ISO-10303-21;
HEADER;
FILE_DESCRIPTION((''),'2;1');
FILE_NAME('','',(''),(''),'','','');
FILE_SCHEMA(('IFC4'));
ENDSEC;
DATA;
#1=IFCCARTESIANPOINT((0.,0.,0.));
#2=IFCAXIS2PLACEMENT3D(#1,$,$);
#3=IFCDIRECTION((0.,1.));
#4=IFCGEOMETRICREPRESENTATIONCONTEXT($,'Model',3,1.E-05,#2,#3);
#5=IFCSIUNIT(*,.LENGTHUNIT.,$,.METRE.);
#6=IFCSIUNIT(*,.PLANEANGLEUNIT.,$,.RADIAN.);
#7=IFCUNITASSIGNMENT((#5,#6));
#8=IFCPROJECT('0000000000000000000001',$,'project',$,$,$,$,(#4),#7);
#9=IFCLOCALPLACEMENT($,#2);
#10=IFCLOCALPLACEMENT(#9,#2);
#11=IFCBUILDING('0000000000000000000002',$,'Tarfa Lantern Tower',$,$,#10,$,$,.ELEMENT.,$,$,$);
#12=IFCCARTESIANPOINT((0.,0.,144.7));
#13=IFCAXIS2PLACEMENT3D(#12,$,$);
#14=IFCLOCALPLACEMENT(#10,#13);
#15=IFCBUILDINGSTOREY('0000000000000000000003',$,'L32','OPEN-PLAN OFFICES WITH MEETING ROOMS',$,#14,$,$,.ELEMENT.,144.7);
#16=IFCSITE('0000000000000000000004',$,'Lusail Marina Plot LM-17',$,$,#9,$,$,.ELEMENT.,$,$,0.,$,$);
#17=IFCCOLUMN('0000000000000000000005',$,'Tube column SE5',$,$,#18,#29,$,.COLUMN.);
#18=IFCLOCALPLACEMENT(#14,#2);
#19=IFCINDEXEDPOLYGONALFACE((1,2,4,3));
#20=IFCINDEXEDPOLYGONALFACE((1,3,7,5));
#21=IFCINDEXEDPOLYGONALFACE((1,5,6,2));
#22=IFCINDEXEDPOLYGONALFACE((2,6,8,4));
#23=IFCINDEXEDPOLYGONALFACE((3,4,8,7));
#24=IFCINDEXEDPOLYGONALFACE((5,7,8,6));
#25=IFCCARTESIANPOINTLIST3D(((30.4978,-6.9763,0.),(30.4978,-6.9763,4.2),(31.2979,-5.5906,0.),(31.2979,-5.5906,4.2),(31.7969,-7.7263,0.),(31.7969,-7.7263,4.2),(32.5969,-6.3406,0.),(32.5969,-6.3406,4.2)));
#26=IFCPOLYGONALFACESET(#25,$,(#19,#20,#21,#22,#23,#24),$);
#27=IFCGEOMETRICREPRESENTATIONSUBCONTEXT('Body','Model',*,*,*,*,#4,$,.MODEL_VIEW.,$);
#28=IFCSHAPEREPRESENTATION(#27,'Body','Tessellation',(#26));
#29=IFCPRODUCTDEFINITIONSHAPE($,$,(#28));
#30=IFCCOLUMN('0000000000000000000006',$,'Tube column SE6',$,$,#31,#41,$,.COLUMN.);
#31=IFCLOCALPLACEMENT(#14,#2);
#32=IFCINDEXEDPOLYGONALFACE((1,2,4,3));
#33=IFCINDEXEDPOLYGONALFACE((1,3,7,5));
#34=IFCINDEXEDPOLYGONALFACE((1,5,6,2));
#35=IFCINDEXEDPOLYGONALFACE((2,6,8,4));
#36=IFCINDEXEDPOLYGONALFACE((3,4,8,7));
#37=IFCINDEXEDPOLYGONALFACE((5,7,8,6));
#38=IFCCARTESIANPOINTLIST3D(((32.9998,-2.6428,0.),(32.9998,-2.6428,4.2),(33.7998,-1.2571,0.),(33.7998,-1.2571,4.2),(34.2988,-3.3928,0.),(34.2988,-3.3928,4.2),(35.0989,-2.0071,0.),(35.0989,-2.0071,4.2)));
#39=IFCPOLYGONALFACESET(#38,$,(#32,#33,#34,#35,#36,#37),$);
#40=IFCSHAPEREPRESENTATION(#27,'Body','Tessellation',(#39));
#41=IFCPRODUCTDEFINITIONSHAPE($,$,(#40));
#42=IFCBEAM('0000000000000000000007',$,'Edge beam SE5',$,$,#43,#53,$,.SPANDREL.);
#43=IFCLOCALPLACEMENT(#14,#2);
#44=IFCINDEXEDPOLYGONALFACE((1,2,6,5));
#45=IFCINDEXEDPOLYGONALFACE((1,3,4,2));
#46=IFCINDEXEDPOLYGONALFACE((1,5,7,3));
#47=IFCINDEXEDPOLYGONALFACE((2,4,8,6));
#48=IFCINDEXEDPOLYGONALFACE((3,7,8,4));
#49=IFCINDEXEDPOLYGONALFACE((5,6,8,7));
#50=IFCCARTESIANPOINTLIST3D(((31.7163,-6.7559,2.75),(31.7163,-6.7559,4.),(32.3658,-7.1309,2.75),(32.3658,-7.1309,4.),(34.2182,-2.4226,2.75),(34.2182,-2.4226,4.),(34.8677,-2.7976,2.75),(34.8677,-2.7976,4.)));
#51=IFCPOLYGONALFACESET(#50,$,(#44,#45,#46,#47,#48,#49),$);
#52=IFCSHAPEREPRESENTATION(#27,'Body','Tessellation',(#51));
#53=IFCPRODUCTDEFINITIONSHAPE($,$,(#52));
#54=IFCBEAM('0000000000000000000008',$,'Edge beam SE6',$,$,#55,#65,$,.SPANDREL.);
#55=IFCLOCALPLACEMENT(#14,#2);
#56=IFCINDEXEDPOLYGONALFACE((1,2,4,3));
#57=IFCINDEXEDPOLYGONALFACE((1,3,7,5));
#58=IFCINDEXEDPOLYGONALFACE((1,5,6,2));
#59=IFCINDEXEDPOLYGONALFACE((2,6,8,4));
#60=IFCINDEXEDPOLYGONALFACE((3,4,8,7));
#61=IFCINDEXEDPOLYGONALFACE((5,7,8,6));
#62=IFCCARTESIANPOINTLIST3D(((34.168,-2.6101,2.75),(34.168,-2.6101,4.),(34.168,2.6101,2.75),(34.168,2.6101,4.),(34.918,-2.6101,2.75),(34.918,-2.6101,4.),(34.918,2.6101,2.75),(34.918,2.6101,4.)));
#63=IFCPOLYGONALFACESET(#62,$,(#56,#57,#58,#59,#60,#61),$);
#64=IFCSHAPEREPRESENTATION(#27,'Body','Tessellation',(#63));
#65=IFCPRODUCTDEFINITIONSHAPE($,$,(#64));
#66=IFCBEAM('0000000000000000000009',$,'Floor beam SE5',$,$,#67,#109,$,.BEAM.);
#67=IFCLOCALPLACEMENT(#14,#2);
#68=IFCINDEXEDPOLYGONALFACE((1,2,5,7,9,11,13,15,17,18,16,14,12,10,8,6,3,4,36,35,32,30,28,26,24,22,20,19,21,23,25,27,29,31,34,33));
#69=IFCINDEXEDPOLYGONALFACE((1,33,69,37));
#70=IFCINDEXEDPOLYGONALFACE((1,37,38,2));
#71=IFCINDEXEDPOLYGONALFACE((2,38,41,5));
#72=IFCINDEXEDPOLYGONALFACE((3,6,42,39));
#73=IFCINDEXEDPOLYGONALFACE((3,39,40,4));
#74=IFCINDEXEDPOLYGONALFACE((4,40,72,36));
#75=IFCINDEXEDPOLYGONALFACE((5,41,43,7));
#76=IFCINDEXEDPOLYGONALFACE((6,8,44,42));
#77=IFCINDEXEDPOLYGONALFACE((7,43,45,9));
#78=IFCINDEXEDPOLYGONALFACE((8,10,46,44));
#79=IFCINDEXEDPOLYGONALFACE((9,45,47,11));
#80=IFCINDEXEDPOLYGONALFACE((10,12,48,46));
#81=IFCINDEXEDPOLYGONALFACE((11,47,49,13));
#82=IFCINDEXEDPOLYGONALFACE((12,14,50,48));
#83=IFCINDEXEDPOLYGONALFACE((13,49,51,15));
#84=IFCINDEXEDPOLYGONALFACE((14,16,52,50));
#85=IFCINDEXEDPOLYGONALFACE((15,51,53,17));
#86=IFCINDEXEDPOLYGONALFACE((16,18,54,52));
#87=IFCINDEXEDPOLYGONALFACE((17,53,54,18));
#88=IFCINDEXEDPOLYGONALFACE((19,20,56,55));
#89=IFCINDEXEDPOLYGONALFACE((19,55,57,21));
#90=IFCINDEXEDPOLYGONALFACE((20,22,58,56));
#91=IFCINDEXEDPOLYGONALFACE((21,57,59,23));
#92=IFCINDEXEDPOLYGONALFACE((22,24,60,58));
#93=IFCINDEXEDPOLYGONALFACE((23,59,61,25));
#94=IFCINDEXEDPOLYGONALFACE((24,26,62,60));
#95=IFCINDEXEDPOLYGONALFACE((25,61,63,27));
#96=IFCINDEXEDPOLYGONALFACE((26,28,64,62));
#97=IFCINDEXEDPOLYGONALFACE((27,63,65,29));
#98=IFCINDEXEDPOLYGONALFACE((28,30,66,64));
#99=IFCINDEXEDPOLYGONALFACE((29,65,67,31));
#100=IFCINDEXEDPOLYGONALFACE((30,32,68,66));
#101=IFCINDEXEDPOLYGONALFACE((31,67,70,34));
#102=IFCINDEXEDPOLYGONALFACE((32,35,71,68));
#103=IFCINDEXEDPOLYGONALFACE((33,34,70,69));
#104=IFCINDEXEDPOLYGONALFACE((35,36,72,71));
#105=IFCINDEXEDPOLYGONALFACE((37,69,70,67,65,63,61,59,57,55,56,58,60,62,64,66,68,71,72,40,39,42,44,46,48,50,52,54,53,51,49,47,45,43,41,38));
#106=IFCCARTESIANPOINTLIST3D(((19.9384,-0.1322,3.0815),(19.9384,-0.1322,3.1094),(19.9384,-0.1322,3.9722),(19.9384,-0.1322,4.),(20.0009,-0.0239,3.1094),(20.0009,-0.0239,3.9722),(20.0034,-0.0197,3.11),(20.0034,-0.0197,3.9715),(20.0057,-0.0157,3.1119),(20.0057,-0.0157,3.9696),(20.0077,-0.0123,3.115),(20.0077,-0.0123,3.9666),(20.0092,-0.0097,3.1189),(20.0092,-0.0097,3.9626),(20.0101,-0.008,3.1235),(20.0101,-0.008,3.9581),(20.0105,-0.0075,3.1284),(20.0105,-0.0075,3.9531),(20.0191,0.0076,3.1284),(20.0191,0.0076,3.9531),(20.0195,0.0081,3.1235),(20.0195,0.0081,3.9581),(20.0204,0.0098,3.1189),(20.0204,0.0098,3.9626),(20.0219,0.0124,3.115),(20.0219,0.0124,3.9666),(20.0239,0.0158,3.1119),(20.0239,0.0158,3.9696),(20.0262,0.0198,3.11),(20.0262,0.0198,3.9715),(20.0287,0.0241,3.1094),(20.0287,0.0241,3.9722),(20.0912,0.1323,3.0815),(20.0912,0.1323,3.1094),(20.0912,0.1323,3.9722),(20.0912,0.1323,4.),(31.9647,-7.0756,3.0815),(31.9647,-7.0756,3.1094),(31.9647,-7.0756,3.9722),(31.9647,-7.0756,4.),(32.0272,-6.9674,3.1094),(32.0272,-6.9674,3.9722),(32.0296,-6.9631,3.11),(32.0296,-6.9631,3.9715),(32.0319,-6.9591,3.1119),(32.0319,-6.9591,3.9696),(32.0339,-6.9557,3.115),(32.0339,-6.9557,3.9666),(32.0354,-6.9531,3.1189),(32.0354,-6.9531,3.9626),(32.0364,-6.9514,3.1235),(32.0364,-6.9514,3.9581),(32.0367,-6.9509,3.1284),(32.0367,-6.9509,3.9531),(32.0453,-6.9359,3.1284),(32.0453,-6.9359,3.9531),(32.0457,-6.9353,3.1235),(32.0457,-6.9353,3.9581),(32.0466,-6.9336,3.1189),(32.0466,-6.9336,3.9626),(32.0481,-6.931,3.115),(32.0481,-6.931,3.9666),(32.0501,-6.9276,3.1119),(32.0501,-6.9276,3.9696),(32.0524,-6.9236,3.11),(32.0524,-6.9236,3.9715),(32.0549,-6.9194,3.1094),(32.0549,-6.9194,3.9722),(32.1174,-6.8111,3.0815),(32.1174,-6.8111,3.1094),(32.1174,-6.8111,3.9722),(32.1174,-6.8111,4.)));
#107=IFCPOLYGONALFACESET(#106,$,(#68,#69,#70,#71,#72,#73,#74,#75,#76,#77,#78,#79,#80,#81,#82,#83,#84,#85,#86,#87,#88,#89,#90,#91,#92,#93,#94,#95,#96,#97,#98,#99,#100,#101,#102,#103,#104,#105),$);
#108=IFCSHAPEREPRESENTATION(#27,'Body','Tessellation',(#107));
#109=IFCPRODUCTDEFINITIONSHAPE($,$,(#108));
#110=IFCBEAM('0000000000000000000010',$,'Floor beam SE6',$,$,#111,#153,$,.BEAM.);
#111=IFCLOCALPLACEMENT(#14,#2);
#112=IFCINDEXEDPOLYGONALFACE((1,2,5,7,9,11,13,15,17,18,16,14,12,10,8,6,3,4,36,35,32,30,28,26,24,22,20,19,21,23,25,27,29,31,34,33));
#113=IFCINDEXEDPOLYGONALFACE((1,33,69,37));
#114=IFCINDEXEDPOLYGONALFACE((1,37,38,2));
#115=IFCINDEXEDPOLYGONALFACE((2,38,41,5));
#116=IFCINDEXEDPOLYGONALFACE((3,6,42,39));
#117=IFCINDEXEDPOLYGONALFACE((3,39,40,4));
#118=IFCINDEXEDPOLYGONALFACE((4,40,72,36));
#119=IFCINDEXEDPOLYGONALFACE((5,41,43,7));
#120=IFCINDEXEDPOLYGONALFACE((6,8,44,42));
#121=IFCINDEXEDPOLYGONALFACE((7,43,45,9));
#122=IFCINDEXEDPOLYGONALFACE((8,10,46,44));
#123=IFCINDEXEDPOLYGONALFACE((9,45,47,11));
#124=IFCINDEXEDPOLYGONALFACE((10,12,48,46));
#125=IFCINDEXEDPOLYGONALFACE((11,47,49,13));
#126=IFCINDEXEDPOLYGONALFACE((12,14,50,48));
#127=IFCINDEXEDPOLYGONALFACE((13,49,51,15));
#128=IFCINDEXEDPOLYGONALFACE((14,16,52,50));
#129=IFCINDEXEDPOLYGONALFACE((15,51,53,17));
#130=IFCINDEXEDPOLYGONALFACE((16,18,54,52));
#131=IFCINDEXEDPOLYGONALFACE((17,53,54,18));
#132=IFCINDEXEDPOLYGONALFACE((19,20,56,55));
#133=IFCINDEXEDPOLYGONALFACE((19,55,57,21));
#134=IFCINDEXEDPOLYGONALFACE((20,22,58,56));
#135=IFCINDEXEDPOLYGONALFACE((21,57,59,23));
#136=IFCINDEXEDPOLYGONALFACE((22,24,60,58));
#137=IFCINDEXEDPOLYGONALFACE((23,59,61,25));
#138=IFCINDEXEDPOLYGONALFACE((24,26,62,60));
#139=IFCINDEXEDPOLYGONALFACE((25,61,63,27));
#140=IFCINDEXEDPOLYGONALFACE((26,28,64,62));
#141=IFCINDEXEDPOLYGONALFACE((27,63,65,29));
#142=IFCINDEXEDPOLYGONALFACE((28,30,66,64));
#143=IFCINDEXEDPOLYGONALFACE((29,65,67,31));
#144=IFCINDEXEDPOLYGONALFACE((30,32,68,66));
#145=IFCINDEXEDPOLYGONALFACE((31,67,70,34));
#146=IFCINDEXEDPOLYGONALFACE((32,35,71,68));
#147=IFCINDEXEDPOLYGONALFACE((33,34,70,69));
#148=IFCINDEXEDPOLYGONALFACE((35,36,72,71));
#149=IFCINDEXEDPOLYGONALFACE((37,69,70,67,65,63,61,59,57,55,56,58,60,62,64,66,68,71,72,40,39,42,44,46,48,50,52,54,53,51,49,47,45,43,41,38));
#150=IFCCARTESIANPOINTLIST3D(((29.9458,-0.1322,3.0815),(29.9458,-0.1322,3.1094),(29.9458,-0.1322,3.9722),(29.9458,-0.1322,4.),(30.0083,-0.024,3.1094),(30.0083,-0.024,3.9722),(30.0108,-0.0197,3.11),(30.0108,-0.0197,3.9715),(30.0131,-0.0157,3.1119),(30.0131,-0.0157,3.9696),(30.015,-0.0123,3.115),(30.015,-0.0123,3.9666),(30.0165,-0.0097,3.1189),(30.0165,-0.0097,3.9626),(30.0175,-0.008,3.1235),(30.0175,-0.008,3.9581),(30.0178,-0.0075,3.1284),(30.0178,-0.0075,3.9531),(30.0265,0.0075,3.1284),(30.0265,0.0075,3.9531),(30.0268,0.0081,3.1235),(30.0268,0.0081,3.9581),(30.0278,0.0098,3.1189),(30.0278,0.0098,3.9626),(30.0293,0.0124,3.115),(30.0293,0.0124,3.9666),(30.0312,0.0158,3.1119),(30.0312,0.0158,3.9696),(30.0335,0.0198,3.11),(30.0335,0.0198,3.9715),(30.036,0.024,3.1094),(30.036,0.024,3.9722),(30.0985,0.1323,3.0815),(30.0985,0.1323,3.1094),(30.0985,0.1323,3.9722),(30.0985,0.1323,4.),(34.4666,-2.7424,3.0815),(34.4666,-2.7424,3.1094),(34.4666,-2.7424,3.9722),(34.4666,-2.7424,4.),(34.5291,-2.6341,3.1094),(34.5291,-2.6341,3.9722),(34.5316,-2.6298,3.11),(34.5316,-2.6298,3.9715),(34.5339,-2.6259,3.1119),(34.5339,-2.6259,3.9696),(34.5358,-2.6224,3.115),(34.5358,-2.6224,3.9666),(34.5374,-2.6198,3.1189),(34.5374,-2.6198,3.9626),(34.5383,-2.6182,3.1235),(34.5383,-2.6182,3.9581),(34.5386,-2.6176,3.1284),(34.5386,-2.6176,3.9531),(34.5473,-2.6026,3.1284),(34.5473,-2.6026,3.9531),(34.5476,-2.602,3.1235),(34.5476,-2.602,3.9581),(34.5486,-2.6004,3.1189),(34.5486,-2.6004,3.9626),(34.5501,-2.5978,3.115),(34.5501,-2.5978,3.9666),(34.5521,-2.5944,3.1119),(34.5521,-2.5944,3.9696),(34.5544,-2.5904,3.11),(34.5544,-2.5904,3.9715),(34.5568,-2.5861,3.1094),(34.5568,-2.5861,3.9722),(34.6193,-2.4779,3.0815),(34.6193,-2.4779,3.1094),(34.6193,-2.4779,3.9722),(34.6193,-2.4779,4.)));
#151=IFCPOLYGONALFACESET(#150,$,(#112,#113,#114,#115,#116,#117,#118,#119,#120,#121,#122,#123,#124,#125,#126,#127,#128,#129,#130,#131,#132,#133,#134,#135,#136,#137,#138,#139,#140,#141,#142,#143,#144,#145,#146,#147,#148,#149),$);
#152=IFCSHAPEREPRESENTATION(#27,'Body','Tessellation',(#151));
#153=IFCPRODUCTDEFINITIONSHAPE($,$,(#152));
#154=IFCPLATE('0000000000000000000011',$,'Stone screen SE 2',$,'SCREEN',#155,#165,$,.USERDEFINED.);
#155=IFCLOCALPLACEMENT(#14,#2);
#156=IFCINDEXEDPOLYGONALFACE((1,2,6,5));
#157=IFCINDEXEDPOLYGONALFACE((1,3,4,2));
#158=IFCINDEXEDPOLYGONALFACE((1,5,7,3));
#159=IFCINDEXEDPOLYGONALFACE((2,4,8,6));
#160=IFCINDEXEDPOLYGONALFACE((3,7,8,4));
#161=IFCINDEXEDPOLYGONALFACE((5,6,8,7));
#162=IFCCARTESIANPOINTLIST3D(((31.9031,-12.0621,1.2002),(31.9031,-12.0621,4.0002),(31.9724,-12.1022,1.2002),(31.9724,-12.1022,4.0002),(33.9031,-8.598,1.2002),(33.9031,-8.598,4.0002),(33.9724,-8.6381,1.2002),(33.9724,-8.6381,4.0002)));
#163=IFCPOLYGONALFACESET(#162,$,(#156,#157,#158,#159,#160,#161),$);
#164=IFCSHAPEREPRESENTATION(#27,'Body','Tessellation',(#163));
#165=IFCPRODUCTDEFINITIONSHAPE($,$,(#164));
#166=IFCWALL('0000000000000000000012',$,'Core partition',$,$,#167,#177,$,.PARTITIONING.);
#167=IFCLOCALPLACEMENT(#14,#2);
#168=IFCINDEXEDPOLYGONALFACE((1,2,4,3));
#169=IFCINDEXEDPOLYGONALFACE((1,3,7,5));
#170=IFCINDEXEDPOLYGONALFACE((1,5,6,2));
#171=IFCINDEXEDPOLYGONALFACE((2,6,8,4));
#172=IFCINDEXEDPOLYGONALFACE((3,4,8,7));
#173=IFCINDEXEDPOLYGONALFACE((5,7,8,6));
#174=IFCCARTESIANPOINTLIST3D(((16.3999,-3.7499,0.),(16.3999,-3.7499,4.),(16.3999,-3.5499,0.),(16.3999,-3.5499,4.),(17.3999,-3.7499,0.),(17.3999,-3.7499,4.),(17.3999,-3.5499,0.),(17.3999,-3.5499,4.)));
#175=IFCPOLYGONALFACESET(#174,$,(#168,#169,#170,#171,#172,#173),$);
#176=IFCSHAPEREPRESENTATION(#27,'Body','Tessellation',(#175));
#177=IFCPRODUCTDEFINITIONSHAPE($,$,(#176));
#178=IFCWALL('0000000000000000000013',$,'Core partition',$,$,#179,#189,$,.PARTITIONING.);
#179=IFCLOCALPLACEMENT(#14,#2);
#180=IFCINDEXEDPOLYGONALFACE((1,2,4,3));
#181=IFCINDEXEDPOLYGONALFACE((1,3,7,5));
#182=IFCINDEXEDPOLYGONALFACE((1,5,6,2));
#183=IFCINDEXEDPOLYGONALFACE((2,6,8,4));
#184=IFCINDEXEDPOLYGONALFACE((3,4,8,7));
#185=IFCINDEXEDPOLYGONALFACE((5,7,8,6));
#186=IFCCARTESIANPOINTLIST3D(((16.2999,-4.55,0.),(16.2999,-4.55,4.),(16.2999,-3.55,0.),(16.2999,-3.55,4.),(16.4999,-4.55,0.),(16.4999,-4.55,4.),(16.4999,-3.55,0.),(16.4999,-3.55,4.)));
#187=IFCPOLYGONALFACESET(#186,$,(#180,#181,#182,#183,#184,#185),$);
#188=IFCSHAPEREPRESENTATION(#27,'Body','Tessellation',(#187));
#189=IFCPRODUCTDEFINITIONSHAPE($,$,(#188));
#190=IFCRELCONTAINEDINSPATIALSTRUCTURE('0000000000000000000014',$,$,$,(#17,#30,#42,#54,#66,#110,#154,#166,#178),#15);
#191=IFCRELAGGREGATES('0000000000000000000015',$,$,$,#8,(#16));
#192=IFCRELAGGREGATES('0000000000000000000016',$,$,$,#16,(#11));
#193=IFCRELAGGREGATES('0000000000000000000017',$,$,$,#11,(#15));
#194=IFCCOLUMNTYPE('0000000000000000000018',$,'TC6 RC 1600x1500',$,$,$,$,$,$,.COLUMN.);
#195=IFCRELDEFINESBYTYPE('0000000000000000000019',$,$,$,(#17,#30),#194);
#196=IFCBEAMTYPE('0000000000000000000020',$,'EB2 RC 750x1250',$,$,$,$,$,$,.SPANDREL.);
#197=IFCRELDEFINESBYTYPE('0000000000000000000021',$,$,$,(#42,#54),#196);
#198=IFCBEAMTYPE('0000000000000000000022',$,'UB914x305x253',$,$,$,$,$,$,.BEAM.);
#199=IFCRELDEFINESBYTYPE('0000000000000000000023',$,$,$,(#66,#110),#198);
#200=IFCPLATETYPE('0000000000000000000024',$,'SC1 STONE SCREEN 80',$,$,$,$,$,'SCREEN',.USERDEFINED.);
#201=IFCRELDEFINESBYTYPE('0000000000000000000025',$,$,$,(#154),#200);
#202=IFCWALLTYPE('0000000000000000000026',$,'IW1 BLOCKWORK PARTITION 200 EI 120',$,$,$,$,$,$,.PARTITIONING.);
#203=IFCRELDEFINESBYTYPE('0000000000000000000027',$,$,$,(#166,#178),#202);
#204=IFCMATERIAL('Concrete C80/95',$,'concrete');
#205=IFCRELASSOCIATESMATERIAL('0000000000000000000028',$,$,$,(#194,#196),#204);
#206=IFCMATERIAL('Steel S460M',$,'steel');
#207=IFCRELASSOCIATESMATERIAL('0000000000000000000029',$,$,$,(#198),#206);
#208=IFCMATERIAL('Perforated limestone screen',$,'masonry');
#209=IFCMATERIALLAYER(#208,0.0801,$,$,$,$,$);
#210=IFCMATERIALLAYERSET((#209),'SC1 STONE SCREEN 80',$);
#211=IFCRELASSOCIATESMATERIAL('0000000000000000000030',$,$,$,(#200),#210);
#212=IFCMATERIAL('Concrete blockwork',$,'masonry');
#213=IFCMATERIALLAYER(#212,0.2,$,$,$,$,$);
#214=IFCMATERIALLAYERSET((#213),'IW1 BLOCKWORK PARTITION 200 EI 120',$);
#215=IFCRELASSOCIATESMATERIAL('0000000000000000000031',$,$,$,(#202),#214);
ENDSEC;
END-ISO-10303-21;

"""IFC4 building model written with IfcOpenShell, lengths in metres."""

from ifc_helpers import new_model, si_unit, direction, frame, frame_2d, origin, origin_2d, place, context, subcontext, project, spatial, rectangle, i_section, extrude, material, layer, layer_set, material_profile, profile_set, type_object, element, save


model = new_model("IFC4")

# Units and contexts
model_context = context("Model", 3, precision=1e-05, world=origin(), true_north=direction((0.0, 1.0)))
body_context = subcontext(model_context, "Body", "Model", "MODEL_VIEW")
ifc_project = project(units=[si_unit("LENGTHUNIT", "METRE"), si_unit("PLANEANGLEUNIT", "RADIAN")], contexts=[model_context])

# Site, building, storey
site_placement = place(None, origin())
site = spatial("IfcSite", under=ifc_project, at=site_placement, Name="Lusail Marina Plot LM-17", CompositionType="ELEMENT", RefElevation=0.0)
building_placement = place(site_placement, origin())
building = spatial("IfcBuilding", under=site, at=building_placement, Name="Tarfa Lantern Tower", CompositionType="ELEMENT")
storey_placement = place(building_placement, frame((0.0, 0.0, 144.7)))
storey = spatial("IfcBuildingStorey", under=building, at=storey_placement, Name="L32", Description="OPEN-PLAN OFFICES WITH MEETING ROOMS", CompositionType="ELEMENT", Elevation=144.7)

# Columns
ifc_material_1 = material(Name="Concrete C80/95", Category="concrete")
ifc_material_profile_1 = material_profile(ifc_material_1, rectangle(XDim=1.6001, YDim=1.5, at=origin_2d()), Name="RC 1600x1500")
ifc_profile_set_1 = profile_set([ifc_material_profile_1], Name="Concrete C80/95")
column_type = type_object("IfcColumnType", Name="TC6 RC 1600x1500", PredefinedType="COLUMN", material=ifc_profile_set_1)
for number, where, z_axis, x_axis, name in (
    (1, (31.5474, -6.6584, 0.0), (0.0, 0.0, 1.0), (0.5, 0.866025, 0.0), "Tube column SE5"),
    (2, (34.0493, -2.325, 0.0), (0.0, 0.0, 1.0), (0.5, 0.866025, 0.0), "Tube column SE6"),
):
    element("IfcColumn", number, at=place(storey_placement, frame(where, z_axis=z_axis, x_axis=x_axis)), inside=storey, type_object=column_type, Name=name, PredefinedType="COLUMN", context=body_context, shape_type="SweptSolid", body=[
        extrude(rectangle(XDim=1.6001, YDim=1.5, at=origin_2d()), origin(), (0.0, 0.0, 1.0), 4.2),
    ])

# Beams
ifc_material_profile_2 = material_profile(ifc_material_1, rectangle(XDim=0.75, YDim=1.25, at=origin_2d()), Name="RC 750x1250")
ifc_profile_set_2 = profile_set([ifc_material_profile_2], Name="Concrete C80/95")
beam_type_1 = type_object("IfcBeamType", Name="EB2 RC 750x1250", PredefinedType="SPANDREL", material=ifc_profile_set_2)
beam_1_placement = place(storey_placement, frame((32.041, -6.9434, 3.375), z_axis=(0.500022, 0.866013, 0.0), x_axis=(-0.866013, 0.500022, 0.0)))
element("IfcBeam", 3, at=beam_1_placement, inside=storey, type_object=beam_type_1, Name="Edge beam SE5", PredefinedType="SPANDREL", context=body_context, shape_type="SweptSolid", body=[
    extrude(rectangle(XDim=0.75, YDim=1.25, at=origin_2d()), origin(), (0.0, 0.0, 1.0), 5.0037),
])
beam_2_placement = place(storey_placement, frame((34.543, -2.6101, 3.375), z_axis=(0.0, 1.0, 0.0), x_axis=(-1.0, 0.0, 0.0)))
element("IfcBeam", 4, at=beam_2_placement, inside=storey, type_object=beam_type_1, Name="Edge beam SE6", PredefinedType="SPANDREL", context=body_context, shape_type="SweptSolid", body=[
    extrude(rectangle(XDim=0.75, YDim=1.25, at=origin_2d()), origin(), (0.0, 0.0, 1.0), 5.2202),
])
ifc_material_2 = material(Name="Steel S460M", Category="steel")
ifc_material_profile_3 = material_profile(ifc_material_2, i_section(OverallWidth=0.3054, OverallDepth=0.9185, WebThickness=0.0173, FlangeThickness=0.0278, FilletRadius=0.019, at=origin_2d()), Name="UB914x305x253")
ifc_profile_set_3 = profile_set([ifc_material_profile_3], Name="Steel S460M")
beam_type_2 = type_object("IfcBeamType", Name="UB914x305x253", PredefinedType="BEAM", material=ifc_profile_set_3)
beam_3_placement = place(storey_placement, frame((32.041, -6.9434, 3.5408), z_axis=(-0.866023, 0.500004, 0.0), x_axis=(-0.500004, -0.866023, 0.0)))
element("IfcBeam", 5, at=beam_3_placement, inside=storey, type_object=beam_type_2, Name="Floor beam SE5", PredefinedType="BEAM", context=body_context, shape_type="SweptSolid", body=[
    extrude(i_section(OverallWidth=0.3054, OverallDepth=0.9185, WebThickness=0.0173, FlangeThickness=0.0278, FilletRadius=0.019, at=origin_2d()), origin(), (0.0, 0.0, 1.0), 13.8867),
])
beam_4_placement = place(storey_placement, frame((34.543, -2.6101, 3.5408), z_axis=(-0.866021, 0.500007, 0.0), x_axis=(-0.500007, -0.866021, 0.0)))
element("IfcBeam", 6, at=beam_4_placement, inside=storey, type_object=beam_type_2, Name="Floor beam SE6", PredefinedType="BEAM", context=body_context, shape_type="SweptSolid", body=[
    extrude(i_section(OverallWidth=0.3054, OverallDepth=0.9185, WebThickness=0.0173, FlangeThickness=0.0278, FilletRadius=0.019, at=origin_2d()), origin(), (0.0, 0.0, 1.0), 5.2202),
])

# Plate
ifc_material_3 = material(Name="Perforated limestone screen", Category="masonry")
ifc_layer_1 = layer(ifc_material_3, 0.0801)
ifc_layer_set_1 = layer_set([ifc_layer_1], Name="SC1 STONE SCREEN 80")
plate_type = type_object("IfcPlateType", Name="SC1 STONE SCREEN 80", ElementType="SCREEN", PredefinedType="USERDEFINED", material=ifc_layer_set_1)
plate_placement = place(storey_placement, frame((32.9377, -10.3501, 1.2002), z_axis=(0.0, 0.0, 1.0), x_axis=(0.5, 0.866025, 0.0)))
element("IfcPlate", 7, at=plate_placement, inside=storey, type_object=plate_type, Name="Stone screen SE 2", ObjectType="SCREEN", PredefinedType="USERDEFINED", context=body_context, shape_type="SweptSolid", body=[
    extrude(rectangle(XDim=4.0, YDim=0.0801, at=origin_2d()), origin(), (0.0, 0.0, 1.0), 2.8),
])

# Walls
ifc_material_4 = material(Name="Concrete blockwork", Category="masonry")
ifc_layer_2 = layer(ifc_material_4, 0.2)
ifc_layer_set_2 = layer_set([ifc_layer_2], Name="IW1 BLOCKWORK PARTITION 200 EI 120")
wall_type_1 = type_object("IfcWallType", Name="IW1 BLOCKWORK PARTITION 200 EI 120", PredefinedType="PARTITIONING", material=ifc_layer_set_2)
for number, where, z_axis, x_axis, name in (
    (8, (17.3999, -3.6499, 0.0), (0.0, 0.0, 1.0), (-1.0, 0.0, 0.0), "Core partition"),
    (9, (16.3999, -3.55, 0.0), (0.0, 0.0, 1.0), (0.0, -1.0, 0.0), "Core partition"),
):
    element("IfcWall", number, at=place(storey_placement, frame(where, z_axis=z_axis, x_axis=x_axis)), inside=storey, type_object=wall_type_1, Name=name, PredefinedType="PARTITIONING", context=body_context, shape_type="SweptSolid", body=[
        extrude(rectangle(XDim=1.0, YDim=0.2, at=frame_2d((0.5, 0.0))), origin(), (0.0, 0.0, 1.0), 4.0),
    ])

save(model, "model.ifc")
